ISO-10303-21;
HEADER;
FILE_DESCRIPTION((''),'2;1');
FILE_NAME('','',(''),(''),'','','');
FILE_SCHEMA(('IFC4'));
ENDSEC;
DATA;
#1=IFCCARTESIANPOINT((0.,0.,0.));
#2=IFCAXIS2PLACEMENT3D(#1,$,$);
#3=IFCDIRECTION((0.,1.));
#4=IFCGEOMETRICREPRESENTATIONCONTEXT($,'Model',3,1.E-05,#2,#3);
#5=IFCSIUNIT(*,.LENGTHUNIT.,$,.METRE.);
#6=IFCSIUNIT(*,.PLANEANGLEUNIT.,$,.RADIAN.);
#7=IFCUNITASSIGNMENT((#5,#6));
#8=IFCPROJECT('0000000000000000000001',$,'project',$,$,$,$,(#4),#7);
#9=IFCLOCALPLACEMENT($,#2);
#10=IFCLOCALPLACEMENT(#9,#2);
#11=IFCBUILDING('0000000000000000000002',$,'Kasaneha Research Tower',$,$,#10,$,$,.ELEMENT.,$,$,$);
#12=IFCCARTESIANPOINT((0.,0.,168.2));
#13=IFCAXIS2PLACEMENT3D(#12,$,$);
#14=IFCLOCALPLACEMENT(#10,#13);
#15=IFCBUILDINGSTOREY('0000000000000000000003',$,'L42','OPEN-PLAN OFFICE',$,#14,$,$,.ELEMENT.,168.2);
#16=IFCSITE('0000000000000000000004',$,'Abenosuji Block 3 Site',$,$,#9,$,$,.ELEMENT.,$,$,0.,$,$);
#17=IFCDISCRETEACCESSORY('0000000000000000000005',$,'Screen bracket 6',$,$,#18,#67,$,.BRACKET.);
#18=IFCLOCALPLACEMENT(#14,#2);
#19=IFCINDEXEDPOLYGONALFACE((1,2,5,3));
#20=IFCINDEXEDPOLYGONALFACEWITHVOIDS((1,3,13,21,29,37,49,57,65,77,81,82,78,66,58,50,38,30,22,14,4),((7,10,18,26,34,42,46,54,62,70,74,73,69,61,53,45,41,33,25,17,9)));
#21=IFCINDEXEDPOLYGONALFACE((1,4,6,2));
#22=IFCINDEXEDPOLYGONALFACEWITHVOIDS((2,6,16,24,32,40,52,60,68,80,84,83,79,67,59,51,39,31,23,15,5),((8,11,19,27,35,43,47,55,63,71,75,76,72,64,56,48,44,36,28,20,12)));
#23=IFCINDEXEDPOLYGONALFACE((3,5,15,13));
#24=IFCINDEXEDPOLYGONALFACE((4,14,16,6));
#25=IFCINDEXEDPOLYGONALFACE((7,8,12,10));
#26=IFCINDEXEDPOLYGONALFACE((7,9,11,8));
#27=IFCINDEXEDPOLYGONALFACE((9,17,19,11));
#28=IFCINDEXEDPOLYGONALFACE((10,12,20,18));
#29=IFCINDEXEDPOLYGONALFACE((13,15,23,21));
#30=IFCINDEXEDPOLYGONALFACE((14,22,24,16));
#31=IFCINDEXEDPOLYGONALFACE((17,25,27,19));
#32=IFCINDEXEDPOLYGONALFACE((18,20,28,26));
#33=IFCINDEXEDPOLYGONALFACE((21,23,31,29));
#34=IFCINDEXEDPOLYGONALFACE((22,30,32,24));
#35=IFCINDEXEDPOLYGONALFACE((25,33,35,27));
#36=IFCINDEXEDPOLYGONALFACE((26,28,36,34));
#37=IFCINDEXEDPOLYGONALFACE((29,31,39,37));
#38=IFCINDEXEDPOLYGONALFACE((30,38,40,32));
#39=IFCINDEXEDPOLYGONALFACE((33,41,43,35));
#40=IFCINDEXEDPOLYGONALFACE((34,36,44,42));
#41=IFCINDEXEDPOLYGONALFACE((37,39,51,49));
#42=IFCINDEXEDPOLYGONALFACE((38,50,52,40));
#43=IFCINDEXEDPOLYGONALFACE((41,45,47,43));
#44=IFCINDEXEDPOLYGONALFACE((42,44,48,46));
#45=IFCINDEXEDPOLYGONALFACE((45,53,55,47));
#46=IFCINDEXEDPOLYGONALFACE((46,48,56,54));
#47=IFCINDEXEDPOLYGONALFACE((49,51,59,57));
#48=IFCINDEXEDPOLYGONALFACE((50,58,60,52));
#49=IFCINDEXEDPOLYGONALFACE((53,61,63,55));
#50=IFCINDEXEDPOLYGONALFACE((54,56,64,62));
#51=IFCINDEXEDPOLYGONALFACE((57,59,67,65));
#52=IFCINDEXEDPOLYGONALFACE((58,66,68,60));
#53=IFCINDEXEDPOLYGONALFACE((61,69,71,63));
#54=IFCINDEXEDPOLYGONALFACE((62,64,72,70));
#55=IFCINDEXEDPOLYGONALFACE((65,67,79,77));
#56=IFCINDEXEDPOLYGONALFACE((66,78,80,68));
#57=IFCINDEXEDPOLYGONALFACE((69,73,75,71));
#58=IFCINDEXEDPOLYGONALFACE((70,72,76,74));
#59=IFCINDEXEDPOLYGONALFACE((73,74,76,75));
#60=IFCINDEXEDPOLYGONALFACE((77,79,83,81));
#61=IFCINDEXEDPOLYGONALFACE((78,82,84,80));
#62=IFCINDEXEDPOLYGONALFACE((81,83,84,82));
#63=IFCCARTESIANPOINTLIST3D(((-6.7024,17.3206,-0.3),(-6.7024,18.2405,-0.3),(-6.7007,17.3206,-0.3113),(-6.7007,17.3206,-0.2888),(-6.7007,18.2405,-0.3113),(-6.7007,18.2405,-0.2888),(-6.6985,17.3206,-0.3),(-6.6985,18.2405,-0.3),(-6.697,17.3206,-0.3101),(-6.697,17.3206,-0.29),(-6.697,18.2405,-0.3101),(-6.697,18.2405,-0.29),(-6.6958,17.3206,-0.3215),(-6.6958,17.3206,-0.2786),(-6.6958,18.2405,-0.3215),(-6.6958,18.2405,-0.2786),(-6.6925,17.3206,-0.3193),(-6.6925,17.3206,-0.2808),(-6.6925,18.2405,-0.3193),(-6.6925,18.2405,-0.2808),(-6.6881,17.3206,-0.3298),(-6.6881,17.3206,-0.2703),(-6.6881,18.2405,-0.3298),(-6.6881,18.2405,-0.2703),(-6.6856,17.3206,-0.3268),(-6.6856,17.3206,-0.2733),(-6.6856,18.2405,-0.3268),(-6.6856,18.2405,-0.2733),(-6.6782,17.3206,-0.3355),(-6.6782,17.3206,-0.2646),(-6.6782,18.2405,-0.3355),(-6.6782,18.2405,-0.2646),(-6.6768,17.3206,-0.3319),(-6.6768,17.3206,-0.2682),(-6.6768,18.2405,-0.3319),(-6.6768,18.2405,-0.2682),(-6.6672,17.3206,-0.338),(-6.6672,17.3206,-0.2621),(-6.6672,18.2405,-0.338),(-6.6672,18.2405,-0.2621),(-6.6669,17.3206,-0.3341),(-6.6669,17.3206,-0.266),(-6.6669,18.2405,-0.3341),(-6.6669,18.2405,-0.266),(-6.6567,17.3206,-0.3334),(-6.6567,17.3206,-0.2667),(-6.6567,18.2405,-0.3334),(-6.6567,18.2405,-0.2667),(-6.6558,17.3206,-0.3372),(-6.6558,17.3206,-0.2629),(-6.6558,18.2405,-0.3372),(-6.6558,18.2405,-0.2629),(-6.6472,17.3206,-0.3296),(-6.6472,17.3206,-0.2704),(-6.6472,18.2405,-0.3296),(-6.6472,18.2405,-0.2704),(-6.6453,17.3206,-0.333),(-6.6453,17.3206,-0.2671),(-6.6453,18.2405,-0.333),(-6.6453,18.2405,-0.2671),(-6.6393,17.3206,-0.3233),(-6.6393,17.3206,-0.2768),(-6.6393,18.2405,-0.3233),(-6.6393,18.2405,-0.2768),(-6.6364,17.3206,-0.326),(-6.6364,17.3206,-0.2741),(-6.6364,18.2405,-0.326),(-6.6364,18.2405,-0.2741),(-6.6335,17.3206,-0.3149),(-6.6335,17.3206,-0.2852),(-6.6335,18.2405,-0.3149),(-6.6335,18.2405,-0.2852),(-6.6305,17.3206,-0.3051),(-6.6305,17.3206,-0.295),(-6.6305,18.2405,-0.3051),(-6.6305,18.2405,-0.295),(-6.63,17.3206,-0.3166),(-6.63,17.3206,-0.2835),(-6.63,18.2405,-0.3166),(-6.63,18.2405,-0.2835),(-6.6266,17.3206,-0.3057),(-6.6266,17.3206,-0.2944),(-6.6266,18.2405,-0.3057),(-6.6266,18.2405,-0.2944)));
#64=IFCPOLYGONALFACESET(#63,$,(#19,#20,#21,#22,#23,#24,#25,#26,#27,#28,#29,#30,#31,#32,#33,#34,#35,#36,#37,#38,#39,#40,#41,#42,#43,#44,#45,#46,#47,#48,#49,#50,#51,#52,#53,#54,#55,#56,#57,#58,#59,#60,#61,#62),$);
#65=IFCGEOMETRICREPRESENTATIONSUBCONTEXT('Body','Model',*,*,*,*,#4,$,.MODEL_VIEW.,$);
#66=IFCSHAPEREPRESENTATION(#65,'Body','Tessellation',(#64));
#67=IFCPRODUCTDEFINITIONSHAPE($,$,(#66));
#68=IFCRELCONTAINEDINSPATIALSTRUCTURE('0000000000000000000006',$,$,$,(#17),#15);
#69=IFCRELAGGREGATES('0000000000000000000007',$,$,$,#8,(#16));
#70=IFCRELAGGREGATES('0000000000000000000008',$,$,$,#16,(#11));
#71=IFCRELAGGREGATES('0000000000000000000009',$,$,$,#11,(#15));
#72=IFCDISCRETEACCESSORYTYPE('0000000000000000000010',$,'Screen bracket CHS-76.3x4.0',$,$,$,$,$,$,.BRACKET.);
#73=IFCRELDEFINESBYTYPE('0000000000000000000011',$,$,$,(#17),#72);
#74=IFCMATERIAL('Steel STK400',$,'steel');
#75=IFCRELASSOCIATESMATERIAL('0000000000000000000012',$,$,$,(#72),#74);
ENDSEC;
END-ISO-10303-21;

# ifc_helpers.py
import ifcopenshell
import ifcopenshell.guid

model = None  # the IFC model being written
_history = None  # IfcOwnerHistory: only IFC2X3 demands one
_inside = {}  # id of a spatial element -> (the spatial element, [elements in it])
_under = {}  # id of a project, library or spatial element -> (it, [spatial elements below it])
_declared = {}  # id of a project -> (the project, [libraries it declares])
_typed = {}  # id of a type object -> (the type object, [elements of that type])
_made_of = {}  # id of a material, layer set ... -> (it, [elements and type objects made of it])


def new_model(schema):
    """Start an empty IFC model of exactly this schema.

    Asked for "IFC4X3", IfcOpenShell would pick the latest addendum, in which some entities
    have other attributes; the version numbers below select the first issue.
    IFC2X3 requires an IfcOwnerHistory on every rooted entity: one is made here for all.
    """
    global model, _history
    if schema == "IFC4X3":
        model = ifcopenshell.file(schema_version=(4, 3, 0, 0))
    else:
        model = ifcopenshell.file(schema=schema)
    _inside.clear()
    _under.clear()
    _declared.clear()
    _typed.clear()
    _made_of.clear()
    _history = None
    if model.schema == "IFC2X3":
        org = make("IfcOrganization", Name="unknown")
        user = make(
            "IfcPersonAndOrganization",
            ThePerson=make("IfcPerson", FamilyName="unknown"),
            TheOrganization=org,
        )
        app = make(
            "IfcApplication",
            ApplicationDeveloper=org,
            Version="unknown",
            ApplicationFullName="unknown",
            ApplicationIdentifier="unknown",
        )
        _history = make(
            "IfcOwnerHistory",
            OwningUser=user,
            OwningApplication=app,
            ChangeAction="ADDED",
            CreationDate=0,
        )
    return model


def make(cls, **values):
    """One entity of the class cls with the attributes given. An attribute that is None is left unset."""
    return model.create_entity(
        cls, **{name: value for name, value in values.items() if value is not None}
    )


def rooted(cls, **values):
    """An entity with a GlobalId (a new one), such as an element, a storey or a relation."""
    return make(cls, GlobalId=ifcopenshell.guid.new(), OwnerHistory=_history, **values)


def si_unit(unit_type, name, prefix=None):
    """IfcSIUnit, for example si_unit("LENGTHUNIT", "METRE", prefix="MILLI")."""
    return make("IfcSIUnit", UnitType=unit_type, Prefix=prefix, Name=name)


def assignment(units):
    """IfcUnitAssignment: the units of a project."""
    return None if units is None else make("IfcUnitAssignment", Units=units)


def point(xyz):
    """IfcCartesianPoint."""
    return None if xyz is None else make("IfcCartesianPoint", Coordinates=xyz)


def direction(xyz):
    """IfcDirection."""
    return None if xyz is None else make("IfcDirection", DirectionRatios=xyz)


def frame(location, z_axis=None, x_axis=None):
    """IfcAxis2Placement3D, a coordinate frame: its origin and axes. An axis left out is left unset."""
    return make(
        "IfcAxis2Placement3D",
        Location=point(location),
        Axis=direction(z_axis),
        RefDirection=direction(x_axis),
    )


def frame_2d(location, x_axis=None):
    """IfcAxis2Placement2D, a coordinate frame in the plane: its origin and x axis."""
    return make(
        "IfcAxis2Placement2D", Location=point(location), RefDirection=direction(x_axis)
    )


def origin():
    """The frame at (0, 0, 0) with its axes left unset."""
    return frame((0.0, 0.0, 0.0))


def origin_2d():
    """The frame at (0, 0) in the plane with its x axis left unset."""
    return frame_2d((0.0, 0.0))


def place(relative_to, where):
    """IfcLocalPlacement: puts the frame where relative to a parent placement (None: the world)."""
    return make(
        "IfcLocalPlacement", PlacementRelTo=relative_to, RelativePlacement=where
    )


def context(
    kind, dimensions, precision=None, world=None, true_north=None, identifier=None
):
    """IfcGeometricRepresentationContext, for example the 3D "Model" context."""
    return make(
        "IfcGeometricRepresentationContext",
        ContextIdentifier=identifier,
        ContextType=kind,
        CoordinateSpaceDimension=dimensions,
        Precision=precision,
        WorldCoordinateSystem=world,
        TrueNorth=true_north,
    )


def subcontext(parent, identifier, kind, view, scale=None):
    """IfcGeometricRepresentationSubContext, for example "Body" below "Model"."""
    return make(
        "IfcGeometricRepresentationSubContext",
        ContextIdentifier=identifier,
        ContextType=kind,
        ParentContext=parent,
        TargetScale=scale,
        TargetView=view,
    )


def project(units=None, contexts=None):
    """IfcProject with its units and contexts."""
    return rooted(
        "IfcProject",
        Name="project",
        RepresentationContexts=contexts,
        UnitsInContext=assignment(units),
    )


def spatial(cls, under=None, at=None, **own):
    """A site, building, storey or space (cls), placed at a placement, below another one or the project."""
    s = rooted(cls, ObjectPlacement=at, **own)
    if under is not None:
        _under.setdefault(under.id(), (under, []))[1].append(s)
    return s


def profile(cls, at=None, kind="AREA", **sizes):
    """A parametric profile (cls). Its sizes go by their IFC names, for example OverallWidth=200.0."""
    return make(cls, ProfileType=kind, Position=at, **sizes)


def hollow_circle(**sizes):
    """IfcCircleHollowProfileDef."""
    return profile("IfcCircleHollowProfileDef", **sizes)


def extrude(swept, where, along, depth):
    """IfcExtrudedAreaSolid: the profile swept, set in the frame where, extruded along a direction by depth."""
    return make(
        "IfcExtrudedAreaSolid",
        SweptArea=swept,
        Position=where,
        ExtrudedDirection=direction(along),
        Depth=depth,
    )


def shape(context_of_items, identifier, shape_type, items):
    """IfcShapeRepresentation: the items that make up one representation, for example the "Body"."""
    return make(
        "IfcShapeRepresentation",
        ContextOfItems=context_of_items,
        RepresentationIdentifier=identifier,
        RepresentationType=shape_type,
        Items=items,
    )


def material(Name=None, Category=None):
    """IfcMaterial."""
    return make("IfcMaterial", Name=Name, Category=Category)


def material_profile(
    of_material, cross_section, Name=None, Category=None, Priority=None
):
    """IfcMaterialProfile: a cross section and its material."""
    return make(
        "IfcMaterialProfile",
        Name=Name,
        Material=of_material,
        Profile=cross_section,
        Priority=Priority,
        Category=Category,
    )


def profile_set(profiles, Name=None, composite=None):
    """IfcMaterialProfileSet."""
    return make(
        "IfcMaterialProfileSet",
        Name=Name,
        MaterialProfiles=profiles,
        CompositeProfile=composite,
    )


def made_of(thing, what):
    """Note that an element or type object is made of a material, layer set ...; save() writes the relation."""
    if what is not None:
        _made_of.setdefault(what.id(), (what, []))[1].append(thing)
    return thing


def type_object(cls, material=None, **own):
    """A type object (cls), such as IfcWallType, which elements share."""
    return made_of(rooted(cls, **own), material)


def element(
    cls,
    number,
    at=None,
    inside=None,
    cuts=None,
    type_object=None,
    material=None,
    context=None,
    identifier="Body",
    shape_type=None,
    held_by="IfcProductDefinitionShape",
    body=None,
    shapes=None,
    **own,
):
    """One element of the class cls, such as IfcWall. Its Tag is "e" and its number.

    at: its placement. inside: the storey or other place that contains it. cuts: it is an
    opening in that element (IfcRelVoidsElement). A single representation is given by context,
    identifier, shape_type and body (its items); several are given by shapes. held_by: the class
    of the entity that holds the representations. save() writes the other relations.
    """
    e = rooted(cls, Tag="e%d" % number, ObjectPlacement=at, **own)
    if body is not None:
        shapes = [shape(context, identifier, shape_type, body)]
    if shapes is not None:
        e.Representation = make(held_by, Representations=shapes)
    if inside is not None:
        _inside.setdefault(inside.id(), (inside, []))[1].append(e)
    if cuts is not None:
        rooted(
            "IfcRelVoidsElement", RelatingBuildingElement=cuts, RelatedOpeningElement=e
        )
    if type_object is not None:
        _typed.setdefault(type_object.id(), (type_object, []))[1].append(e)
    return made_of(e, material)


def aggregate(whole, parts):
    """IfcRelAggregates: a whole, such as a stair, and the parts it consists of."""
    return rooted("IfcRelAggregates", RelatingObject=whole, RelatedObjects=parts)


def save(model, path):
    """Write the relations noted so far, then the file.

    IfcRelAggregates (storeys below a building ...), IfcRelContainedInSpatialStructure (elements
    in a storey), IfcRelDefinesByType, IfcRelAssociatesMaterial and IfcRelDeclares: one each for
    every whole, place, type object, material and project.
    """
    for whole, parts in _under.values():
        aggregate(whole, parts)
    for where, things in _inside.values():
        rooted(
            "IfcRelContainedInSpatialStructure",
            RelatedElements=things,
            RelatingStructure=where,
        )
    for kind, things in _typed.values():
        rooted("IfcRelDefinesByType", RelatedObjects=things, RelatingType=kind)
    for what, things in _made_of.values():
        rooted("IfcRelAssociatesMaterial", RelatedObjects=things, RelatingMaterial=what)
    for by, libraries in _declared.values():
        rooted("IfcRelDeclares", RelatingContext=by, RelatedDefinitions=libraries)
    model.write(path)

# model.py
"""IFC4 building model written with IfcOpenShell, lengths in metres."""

from ifc_helpers import new_model, si_unit, direction, frame, origin, origin_2d, place, context, subcontext, project, spatial, hollow_circle, extrude, material, material_profile, profile_set, type_object, element, save


model = new_model("IFC4")

# Units and contexts
model_context = context("Model", 3, precision=1e-05, world=origin(), true_north=direction((0.0, 1.0)))
body_context = subcontext(model_context, "Body", "Model", "MODEL_VIEW")
ifc_project = project(units=[si_unit("LENGTHUNIT", "METRE"), si_unit("PLANEANGLEUNIT", "RADIAN")], contexts=[model_context])

# Site, building, storey
site_placement = place(None, origin())
site = spatial("IfcSite", under=ifc_project, at=site_placement, Name="Abenosuji Block 3 Site", CompositionType="ELEMENT", RefElevation=0.0)
building_placement = place(site_placement, origin())
building = spatial("IfcBuilding", under=site, at=building_placement, Name="Kasaneha Research Tower", CompositionType="ELEMENT")
storey_placement = place(building_placement, frame((0.0, 0.0, 168.2)))
storey = spatial("IfcBuildingStorey", under=building, at=storey_placement, Name="L42", Description="OPEN-PLAN OFFICE", CompositionType="ELEMENT", Elevation=168.2)

# Discrete accessory
ifc_material_1 = material(Name="Steel STK400", Category="steel")
ifc_material_profile_1 = material_profile(ifc_material_1, hollow_circle(Radius=0.0381, WallThickness=0.0039, at=origin_2d()), Name="CHS-76.3x4.0")
ifc_profile_set_1 = profile_set([ifc_material_profile_1], Name="Steel STK400")
discrete_accessory_type = type_object("IfcDiscreteAccessoryType", Name="Screen bracket CHS-76.3x4.0", PredefinedType="BRACKET", material=ifc_profile_set_1)
for number, where, z_axis, x_axis, name in (
    (1, (-6.6643, 17.3206, -0.3), (0.0, 1.0, 0.0), (-1.0, 0.0, 0.0), "Screen bracket 6"),
):
    element("IfcDiscreteAccessory", number, at=place(storey_placement, frame(where, z_axis=z_axis, x_axis=x_axis)), inside=storey, type_object=discrete_accessory_type, Name=name, PredefinedType="BRACKET", context=body_context, shape_type="SweptSolid", body=[
        extrude(hollow_circle(Radius=0.0381, WallThickness=0.0039, at=origin_2d()), origin(), (0.0, 0.0, 1.0), 0.9199),
    ])

save(model, "model.ifc")
